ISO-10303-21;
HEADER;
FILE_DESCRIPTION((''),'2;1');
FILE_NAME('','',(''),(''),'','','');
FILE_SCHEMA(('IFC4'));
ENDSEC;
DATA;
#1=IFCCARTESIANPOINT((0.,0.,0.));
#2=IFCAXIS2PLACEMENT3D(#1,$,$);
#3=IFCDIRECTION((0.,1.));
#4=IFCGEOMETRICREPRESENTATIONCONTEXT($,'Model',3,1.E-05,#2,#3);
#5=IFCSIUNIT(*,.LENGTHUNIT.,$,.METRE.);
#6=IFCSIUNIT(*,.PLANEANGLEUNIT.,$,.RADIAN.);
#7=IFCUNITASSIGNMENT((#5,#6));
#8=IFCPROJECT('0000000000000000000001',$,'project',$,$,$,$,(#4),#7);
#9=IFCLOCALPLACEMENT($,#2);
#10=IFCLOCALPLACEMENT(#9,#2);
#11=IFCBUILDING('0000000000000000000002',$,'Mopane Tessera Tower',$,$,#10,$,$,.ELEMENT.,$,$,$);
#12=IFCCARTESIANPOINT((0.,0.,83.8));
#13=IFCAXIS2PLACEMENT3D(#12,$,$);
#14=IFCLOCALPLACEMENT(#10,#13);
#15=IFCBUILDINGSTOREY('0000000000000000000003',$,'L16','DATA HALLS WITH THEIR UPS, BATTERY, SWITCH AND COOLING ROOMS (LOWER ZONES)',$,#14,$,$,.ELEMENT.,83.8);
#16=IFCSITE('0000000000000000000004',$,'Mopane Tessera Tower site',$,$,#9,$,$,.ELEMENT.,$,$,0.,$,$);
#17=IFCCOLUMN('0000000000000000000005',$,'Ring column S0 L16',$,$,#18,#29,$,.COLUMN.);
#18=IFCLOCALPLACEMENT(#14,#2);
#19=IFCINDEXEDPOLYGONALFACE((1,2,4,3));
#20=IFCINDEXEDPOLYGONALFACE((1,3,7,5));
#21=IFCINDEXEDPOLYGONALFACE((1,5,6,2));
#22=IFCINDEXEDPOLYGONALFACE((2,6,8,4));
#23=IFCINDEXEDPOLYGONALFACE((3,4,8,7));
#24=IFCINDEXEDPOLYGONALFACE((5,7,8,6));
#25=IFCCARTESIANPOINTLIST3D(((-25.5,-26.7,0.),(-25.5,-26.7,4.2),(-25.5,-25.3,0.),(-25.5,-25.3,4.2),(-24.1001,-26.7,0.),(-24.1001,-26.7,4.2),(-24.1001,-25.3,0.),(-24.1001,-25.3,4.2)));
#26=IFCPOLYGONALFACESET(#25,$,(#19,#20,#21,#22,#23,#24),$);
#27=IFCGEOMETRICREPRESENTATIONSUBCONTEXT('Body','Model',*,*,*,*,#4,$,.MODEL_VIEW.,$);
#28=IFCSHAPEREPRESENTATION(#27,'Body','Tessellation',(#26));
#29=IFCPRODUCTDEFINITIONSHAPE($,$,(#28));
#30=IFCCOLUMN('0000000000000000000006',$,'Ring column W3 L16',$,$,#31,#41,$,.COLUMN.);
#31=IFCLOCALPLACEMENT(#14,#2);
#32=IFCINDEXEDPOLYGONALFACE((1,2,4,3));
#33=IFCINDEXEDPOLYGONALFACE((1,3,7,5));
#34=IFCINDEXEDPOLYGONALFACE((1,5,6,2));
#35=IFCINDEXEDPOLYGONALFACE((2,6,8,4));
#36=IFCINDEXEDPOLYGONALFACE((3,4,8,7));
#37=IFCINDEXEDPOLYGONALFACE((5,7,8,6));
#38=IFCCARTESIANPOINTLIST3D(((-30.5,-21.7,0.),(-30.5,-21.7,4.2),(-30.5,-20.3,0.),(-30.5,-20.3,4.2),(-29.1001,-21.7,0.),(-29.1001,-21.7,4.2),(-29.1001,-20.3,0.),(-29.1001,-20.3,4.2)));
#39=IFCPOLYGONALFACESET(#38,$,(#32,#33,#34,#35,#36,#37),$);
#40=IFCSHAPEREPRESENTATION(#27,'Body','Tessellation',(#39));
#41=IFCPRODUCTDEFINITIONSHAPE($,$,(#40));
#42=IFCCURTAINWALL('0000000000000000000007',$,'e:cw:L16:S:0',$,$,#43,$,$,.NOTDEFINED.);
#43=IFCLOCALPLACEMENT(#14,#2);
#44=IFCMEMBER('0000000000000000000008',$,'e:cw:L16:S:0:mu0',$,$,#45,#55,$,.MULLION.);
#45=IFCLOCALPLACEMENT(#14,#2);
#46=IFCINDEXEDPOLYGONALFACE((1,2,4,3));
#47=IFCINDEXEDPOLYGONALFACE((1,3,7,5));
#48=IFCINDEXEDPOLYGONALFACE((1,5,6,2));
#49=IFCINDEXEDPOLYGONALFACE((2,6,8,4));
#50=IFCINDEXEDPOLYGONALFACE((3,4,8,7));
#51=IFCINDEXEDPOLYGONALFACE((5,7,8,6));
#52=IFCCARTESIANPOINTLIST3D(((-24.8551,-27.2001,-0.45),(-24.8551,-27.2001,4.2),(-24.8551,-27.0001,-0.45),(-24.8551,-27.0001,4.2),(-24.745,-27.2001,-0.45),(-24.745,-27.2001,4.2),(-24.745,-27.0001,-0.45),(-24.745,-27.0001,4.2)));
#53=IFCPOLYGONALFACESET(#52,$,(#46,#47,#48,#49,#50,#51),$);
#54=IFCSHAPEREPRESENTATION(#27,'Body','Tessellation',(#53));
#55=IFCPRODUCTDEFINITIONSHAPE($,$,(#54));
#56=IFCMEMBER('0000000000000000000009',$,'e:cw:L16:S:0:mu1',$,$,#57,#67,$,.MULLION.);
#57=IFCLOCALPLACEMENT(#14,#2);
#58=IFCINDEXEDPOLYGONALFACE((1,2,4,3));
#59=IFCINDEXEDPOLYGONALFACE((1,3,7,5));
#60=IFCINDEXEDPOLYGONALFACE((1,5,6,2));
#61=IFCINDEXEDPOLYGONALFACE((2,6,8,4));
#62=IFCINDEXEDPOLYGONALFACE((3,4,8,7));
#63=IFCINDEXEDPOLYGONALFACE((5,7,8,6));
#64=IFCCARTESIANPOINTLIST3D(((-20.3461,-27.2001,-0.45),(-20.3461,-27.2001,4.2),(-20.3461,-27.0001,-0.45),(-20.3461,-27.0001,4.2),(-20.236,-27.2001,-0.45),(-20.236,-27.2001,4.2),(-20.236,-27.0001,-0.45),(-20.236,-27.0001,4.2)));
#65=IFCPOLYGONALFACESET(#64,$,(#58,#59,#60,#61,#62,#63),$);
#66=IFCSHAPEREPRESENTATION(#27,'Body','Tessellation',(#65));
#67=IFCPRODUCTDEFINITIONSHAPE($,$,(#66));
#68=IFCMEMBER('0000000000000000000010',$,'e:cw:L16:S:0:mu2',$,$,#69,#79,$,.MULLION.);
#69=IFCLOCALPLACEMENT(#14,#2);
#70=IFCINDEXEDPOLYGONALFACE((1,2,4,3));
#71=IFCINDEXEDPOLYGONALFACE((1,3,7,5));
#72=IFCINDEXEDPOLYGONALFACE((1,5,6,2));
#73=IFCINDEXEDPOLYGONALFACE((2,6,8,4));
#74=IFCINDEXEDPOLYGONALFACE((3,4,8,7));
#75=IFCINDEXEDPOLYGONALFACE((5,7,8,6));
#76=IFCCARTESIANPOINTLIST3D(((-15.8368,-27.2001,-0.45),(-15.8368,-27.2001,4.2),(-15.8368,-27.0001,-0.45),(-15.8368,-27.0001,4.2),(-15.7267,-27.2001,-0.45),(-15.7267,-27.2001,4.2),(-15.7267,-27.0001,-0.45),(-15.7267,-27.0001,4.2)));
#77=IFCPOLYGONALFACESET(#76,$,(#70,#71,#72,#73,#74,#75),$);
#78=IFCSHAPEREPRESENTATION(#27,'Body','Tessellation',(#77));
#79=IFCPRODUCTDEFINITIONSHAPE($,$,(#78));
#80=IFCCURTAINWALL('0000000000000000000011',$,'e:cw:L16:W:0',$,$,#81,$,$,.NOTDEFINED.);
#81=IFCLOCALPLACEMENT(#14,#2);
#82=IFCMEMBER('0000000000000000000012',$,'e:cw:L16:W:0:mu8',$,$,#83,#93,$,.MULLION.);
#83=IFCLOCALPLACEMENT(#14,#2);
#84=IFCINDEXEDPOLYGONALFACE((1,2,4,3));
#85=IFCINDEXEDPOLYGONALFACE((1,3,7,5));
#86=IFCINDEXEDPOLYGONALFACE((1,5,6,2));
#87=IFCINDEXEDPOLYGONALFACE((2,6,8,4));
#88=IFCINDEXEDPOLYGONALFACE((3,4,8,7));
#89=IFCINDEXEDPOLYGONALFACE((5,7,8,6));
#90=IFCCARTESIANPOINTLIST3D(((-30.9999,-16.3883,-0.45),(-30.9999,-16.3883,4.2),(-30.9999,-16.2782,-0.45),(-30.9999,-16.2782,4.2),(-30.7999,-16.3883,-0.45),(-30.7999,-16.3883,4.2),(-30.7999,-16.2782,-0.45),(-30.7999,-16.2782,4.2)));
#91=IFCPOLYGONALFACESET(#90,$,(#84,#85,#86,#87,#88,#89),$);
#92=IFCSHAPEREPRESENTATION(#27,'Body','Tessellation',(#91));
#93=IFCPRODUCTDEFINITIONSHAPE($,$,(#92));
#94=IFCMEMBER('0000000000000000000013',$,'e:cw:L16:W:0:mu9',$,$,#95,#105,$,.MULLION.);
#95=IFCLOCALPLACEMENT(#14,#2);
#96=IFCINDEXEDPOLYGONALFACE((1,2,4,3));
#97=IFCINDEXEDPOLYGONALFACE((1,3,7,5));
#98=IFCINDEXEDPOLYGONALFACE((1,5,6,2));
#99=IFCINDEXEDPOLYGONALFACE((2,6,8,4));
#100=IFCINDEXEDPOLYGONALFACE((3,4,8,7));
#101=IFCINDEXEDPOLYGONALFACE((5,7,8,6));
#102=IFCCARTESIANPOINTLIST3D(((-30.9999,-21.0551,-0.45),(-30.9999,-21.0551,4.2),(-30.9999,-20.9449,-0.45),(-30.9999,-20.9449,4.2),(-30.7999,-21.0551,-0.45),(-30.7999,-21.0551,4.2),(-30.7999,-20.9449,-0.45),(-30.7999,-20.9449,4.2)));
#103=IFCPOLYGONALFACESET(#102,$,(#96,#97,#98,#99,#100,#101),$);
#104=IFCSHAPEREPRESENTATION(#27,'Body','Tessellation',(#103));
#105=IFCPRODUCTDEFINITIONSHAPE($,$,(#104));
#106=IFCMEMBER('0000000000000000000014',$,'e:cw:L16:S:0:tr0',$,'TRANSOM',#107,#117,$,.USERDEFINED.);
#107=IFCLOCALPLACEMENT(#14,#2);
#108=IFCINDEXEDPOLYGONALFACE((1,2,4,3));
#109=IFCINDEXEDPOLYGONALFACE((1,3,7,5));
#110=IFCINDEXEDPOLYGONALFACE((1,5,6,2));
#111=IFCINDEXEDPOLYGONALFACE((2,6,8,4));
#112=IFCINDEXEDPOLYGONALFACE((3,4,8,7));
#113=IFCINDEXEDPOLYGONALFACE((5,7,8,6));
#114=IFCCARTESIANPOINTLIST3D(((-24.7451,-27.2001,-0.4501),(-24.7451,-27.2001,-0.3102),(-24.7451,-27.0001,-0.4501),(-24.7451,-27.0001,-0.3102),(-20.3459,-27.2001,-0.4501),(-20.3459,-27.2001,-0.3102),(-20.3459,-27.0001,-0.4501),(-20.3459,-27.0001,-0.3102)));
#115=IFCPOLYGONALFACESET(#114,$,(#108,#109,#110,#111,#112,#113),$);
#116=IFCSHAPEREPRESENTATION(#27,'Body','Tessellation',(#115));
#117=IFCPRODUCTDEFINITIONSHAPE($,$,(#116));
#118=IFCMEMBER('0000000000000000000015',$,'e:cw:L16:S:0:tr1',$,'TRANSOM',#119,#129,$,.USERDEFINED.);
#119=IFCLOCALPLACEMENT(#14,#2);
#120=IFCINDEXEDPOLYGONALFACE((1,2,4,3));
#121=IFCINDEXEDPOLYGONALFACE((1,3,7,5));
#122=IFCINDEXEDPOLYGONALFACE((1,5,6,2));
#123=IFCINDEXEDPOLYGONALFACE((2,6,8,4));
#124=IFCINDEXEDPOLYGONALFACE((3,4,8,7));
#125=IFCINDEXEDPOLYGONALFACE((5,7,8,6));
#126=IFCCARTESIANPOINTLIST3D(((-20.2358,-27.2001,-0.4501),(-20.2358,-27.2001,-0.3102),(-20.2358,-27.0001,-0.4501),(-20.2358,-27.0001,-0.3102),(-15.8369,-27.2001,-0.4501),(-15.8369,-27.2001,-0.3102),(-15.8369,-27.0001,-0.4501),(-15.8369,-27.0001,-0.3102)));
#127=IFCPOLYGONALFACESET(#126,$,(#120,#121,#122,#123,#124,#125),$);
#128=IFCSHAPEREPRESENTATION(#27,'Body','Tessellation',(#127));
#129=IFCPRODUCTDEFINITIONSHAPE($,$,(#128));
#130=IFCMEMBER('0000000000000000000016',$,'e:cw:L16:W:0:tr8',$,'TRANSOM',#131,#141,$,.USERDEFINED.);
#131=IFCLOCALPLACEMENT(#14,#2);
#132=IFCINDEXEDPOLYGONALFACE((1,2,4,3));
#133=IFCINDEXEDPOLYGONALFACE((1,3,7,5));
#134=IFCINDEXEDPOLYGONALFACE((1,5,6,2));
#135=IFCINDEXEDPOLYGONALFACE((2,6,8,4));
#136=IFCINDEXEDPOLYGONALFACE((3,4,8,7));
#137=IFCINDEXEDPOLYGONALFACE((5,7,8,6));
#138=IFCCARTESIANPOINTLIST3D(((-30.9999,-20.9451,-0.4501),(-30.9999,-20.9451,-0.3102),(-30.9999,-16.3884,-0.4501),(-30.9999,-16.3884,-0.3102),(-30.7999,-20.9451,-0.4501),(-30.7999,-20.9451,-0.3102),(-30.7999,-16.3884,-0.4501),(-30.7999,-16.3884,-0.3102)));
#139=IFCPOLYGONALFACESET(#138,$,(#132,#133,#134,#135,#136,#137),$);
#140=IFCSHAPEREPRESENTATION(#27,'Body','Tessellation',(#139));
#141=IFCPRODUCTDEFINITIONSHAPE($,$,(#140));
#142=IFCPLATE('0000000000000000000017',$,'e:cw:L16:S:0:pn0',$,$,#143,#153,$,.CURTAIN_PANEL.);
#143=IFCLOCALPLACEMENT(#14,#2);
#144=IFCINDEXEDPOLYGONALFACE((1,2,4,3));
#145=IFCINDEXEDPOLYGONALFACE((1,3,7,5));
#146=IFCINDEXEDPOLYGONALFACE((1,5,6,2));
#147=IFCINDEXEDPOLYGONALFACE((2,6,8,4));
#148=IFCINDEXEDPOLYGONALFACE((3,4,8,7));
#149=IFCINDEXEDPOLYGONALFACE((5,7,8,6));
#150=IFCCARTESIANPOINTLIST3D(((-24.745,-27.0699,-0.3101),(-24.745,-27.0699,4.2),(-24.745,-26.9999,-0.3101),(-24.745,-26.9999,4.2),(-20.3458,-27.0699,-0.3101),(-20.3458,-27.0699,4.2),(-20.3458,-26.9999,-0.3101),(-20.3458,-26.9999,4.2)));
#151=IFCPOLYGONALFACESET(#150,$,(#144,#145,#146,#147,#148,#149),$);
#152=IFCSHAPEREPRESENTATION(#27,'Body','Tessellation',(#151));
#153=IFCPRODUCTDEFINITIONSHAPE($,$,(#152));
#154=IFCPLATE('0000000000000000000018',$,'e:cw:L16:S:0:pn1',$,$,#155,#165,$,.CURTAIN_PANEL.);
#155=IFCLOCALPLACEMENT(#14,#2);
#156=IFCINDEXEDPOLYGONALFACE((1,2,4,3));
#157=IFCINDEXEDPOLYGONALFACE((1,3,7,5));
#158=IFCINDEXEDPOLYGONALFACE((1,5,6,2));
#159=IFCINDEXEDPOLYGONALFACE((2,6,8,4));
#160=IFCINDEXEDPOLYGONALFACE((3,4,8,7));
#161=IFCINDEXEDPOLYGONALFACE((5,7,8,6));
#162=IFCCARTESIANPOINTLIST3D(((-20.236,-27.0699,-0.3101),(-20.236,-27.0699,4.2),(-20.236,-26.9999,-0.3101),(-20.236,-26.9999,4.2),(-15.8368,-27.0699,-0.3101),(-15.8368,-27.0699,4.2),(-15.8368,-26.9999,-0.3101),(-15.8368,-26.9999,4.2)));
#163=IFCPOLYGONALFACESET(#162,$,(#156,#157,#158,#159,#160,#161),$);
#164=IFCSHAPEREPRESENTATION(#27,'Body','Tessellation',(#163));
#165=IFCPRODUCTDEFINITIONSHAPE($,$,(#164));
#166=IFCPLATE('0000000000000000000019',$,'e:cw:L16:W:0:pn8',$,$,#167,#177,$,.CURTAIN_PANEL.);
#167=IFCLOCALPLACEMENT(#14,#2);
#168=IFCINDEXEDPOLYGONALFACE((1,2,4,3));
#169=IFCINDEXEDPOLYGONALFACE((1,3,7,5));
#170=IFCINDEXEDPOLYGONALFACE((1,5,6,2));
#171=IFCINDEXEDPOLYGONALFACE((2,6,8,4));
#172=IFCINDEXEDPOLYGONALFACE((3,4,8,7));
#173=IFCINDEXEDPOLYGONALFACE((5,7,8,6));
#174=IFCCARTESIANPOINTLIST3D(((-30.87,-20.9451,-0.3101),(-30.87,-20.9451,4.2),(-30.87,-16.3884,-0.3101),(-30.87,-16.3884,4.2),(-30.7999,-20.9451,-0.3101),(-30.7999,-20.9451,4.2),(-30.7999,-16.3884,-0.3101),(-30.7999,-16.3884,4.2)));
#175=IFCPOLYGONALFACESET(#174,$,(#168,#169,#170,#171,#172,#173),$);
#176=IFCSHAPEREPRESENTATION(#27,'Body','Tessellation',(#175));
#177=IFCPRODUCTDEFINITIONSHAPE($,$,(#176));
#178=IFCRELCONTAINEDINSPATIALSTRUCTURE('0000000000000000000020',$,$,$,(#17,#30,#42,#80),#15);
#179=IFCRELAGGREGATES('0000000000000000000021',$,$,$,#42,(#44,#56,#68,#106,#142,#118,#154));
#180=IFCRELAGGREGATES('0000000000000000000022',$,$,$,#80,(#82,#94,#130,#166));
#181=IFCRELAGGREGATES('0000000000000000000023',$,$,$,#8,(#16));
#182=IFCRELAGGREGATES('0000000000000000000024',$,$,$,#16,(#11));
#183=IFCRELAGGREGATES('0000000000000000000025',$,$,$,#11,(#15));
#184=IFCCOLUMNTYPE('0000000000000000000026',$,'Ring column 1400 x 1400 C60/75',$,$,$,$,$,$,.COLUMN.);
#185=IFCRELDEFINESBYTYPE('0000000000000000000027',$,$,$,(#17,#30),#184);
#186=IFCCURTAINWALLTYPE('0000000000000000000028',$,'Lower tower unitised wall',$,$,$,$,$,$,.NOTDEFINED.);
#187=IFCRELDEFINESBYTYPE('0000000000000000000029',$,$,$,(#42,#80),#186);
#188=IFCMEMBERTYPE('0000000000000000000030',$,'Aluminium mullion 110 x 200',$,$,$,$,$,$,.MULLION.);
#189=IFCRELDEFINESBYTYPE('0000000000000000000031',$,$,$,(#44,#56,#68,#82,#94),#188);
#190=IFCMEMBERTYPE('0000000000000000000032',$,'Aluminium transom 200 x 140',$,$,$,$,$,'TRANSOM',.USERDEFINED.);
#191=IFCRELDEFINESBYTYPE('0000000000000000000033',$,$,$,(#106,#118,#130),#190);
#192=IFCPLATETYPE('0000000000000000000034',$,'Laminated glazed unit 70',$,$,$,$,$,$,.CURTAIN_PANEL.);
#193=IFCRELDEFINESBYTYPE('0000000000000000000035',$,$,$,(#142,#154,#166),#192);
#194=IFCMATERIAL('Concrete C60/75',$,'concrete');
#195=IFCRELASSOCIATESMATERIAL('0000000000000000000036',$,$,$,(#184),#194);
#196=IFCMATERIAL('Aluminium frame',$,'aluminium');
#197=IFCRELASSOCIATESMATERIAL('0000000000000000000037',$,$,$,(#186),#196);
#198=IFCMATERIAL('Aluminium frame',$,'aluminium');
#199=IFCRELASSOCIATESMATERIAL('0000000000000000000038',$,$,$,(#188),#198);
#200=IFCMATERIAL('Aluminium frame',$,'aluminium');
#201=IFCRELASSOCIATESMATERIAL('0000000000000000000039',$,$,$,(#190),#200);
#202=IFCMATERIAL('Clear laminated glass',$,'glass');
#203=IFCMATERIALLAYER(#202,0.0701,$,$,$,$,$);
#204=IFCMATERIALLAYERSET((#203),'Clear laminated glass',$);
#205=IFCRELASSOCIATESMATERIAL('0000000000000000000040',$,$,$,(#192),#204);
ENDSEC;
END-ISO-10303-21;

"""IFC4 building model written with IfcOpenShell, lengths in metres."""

from ifc_helpers import new_model, si_unit, direction, frame, origin, origin_2d, place, context, subcontext, project, spatial, rectangle, extrude, material, layer, layer_set, material_profile, profile_set, type_object, element, aggregate, save


model = new_model("IFC4")

# Units and contexts
model_context = context("Model", 3, precision=1e-05, world=origin(), true_north=direction((0.0, 1.0)))
body_context = subcontext(model_context, "Body", "Model", "MODEL_VIEW")
ifc_project = project(units=[si_unit("LENGTHUNIT", "METRE"), si_unit("PLANEANGLEUNIT", "RADIAN")], contexts=[model_context])

# Site, building, storey
site_placement = place(None, origin())
site = spatial("IfcSite", under=ifc_project, at=site_placement, Name="Mopane Tessera Tower site", CompositionType="ELEMENT", RefElevation=0.0)
building_placement = place(site_placement, origin())
building = spatial("IfcBuilding", under=site, at=building_placement, Name="Mopane Tessera Tower", CompositionType="ELEMENT")
storey_placement = place(building_placement, frame((0.0, 0.0, 83.8)))
storey = spatial("IfcBuildingStorey", under=building, at=storey_placement, Name="L16", Description="DATA HALLS WITH THEIR UPS, BATTERY, SWITCH AND COOLING ROOMS (LOWER ZONES)", CompositionType="ELEMENT", Elevation=83.8)

# Columns
ifc_material_1 = material(Name="Concrete C60/75", Category="concrete")
ifc_material_profile_1 = material_profile(ifc_material_1, rectangle(XDim=1.3999, YDim=1.3999, at=origin_2d()))
ifc_profile_set_1 = profile_set([ifc_material_profile_1], Name="Concrete C60/75")
column_type = type_object("IfcColumnType", Name="Ring column 1400 x 1400 C60/75", PredefinedType="COLUMN", material=ifc_profile_set_1)
for number, where, z_axis, x_axis, name in (
    (1, (-24.8, -26.0, 0.0), (0.0, 0.0, 1.0), (1.0, 0.0, 0.0), "Ring column S0 L16"),
    (2, (-29.8, -21.0, 0.0), (0.0, 0.0, 1.0), (1.0, 0.0, 0.0), "Ring column W3 L16"),
):
    element("IfcColumn", number, at=place(storey_placement, frame(where, z_axis=z_axis, x_axis=x_axis)), inside=storey, type_object=column_type, Name=name, PredefinedType="COLUMN", context=body_context, shape_type="SweptSolid", body=[
        extrude(rectangle(XDim=1.3999, YDim=1.3999, at=origin_2d()), origin(), (0.0, 0.0, 1.0), 4.2),
    ])

# Curtain walls, members
ifc_material_2 = material(Name="Aluminium frame", Category="aluminium")
curtain_wall_type = type_object("IfcCurtainWallType", Name="Lower tower unitised wall", PredefinedType="NOTDEFINED", material=ifc_material_2)
curtain_wall_1_placement = place(storey_placement, origin())
curtain_wall_1 = element("IfcCurtainWall", 3, at=curtain_wall_1_placement, inside=storey, type_object=curtain_wall_type, Name="e:cw:L16:S:0", PredefinedType="NOTDEFINED")
ifc_material_3 = material(Name="Aluminium frame", Category="aluminium")
ifc_material_profile_2 = material_profile(ifc_material_3, rectangle(XDim=0.1101, YDim=0.2, at=origin_2d()))
ifc_profile_set_2 = profile_set([ifc_material_profile_2], Name="Aluminium frame")
member_type_1 = type_object("IfcMemberType", Name="Aluminium mullion 110 x 200", PredefinedType="MULLION", material=ifc_profile_set_2)
member_1_placement = place(storey_placement, frame((-24.8, -27.1001, -0.45), z_axis=(0.0, 0.0, 1.0), x_axis=(1.0, 0.0, 0.0)))
member_1 = element("IfcMember", 4, at=member_1_placement, type_object=member_type_1, Name="e:cw:L16:S:0:mu0", PredefinedType="MULLION", context=body_context, shape_type="SweptSolid", body=[
    extrude(rectangle(XDim=0.1101, YDim=0.2, at=origin_2d()), origin(), (0.0, 0.0, 1.0), 4.6499),
])
member_2_placement = place(storey_placement, frame((-20.291, -27.1001, -0.45), z_axis=(0.0, 0.0, 1.0), x_axis=(1.0, 0.0, 0.0)))
member_2 = element("IfcMember", 5, at=member_2_placement, type_object=member_type_1, Name="e:cw:L16:S:0:mu1", PredefinedType="MULLION", context=body_context, shape_type="SweptSolid", body=[
    extrude(rectangle(XDim=0.1101, YDim=0.2, at=origin_2d()), origin(), (0.0, 0.0, 1.0), 4.6499),
])
member_3_placement = place(storey_placement, frame((-15.7817, -27.1001, -0.45), z_axis=(0.0, 0.0, 1.0), x_axis=(1.0, 0.0, 0.0)))
member_3 = element("IfcMember", 6, at=member_3_placement, type_object=member_type_1, Name="e:cw:L16:S:0:mu2", PredefinedType="MULLION", context=body_context, shape_type="SweptSolid", body=[
    extrude(rectangle(XDim=0.1101, YDim=0.2, at=origin_2d()), origin(), (0.0, 0.0, 1.0), 4.6499),
])
curtain_wall_2_placement = place(storey_placement, origin())
curtain_wall_2 = element("IfcCurtainWall", 7, at=curtain_wall_2_placement, inside=storey, type_object=curtain_wall_type, Name="e:cw:L16:W:0", PredefinedType="NOTDEFINED")
member_4_placement = place(storey_placement, frame((-30.8999, -16.3333, -0.45), z_axis=(0.0, 0.0, 1.0), x_axis=(0.0, -1.0, 0.0)))
member_4 = element("IfcMember", 8, at=member_4_placement, type_object=member_type_1, Name="e:cw:L16:W:0:mu8", PredefinedType="MULLION", context=body_context, shape_type="SweptSolid", body=[
    extrude(rectangle(XDim=0.1101, YDim=0.2, at=origin_2d()), origin(), (0.0, 0.0, 1.0), 4.6499),
])
member_5_placement = place(storey_placement, frame((-30.8999, -21.0, -0.45), z_axis=(0.0, 0.0, 1.0), x_axis=(0.0, -1.0, 0.0)))
member_5 = element("IfcMember", 9, at=member_5_placement, type_object=member_type_1, Name="e:cw:L16:W:0:mu9", PredefinedType="MULLION", context=body_context, shape_type="SweptSolid", body=[
    extrude(rectangle(XDim=0.1101, YDim=0.2, at=origin_2d()), origin(), (0.0, 0.0, 1.0), 4.6499),
])

# Members
ifc_material_4 = material(Name="Aluminium frame", Category="aluminium")
ifc_material_profile_3 = material_profile(ifc_material_4, rectangle(XDim=0.2, YDim=0.1399, at=origin_2d()))
ifc_profile_set_3 = profile_set([ifc_material_profile_3], Name="Aluminium frame")
member_type_2 = type_object("IfcMemberType", Name="Aluminium transom 200 x 140", ElementType="TRANSOM", PredefinedType="USERDEFINED", material=ifc_profile_set_3)
member_6_placement = place(storey_placement, frame((-24.7451, -27.1001, -0.3801), z_axis=(1.0, 0.0, 0.0), x_axis=(0.0, 1.0, 0.0)))
member_6 = element("IfcMember", 10, at=member_6_placement, type_object=member_type_2, Name="e:cw:L16:S:0:tr0", ObjectType="TRANSOM", PredefinedType="USERDEFINED", context=body_context, shape_type="SweptSolid", body=[
    extrude(rectangle(XDim=0.2, YDim=0.1399, at=origin_2d()), origin(), (0.0, 0.0, 1.0), 4.3992),
])
member_7_placement = place(storey_placement, frame((-20.2358, -27.1001, -0.3801), z_axis=(1.0, 0.0, 0.0), x_axis=(0.0, 1.0, 0.0)))
member_7 = element("IfcMember", 11, at=member_7_placement, type_object=member_type_2, Name="e:cw:L16:S:0:tr1", ObjectType="TRANSOM", PredefinedType="USERDEFINED", context=body_context, shape_type="SweptSolid", body=[
    extrude(rectangle(XDim=0.2, YDim=0.1399, at=origin_2d()), origin(), (0.0, 0.0, 1.0), 4.3989),
])
member_8_placement = place(storey_placement, frame((-30.8999, -16.3884, -0.3801), z_axis=(0.0, -1.0, 0.0), x_axis=(1.0, 0.0, 0.0)))
member_8 = element("IfcMember", 12, at=member_8_placement, type_object=member_type_2, Name="e:cw:L16:W:0:tr8", ObjectType="TRANSOM", PredefinedType="USERDEFINED", context=body_context, shape_type="SweptSolid", body=[
    extrude(rectangle(XDim=0.2, YDim=0.1399, at=origin_2d()), origin(), (0.0, 0.0, 1.0), 4.5566),
])

# Plates
ifc_material_5 = material(Name="Clear laminated glass", Category="glass")
ifc_layer_1 = layer(ifc_material_5, 0.0701)
ifc_layer_set_1 = layer_set([ifc_layer_1], Name="Clear laminated glass")
plate_type = type_object("IfcPlateType", Name="Laminated glazed unit 70", PredefinedType="CURTAIN_PANEL", material=ifc_layer_set_1)
plate_1_placement = place(storey_placement, frame((-22.5454, -27.0349, -0.3101), z_axis=(0.0, 0.0, 1.0), x_axis=(1.0, 0.0, 0.0)))
plate_1 = element("IfcPlate", 13, at=plate_1_placement, type_object=plate_type, Name="e:cw:L16:S:0:pn0", PredefinedType="CURTAIN_PANEL", context=body_context, shape_type="SweptSolid", body=[
    extrude(rectangle(XDim=4.3992, YDim=0.0701, at=origin_2d()), origin(), (0.0, 0.0, 1.0), 4.51),
])
plate_2_placement = place(storey_placement, frame((-18.0364, -27.0349, -0.3101), z_axis=(0.0, 0.0, 1.0), x_axis=(1.0, 0.0, 0.0)))
plate_2 = element("IfcPlate", 14, at=plate_2_placement, type_object=plate_type, Name="e:cw:L16:S:0:pn1", PredefinedType="CURTAIN_PANEL", context=body_context, shape_type="SweptSolid", body=[
    extrude(rectangle(XDim=4.3992, YDim=0.0701, at=origin_2d()), origin(), (0.0, 0.0, 1.0), 4.51),
])
aggregate(curtain_wall_1, [member_1, member_2, member_3, member_6, plate_1, member_7, plate_2])
plate_3_placement = place(storey_placement, frame((-30.835, -18.6667, -0.3101), z_axis=(0.0, 0.0, 1.0), x_axis=(0.0, -1.0, 0.0)))
plate_3 = element("IfcPlate", 15, at=plate_3_placement, type_object=plate_type, Name="e:cw:L16:W:0:pn8", PredefinedType="CURTAIN_PANEL", context=body_context, shape_type="SweptSolid", body=[
    extrude(rectangle(XDim=4.5566, YDim=0.0701, at=origin_2d()), origin(), (0.0, 0.0, 1.0), 4.51),
])
aggregate(curtain_wall_2, [member_4, member_5, member_8, plate_3])

save(model, "model.ifc")
